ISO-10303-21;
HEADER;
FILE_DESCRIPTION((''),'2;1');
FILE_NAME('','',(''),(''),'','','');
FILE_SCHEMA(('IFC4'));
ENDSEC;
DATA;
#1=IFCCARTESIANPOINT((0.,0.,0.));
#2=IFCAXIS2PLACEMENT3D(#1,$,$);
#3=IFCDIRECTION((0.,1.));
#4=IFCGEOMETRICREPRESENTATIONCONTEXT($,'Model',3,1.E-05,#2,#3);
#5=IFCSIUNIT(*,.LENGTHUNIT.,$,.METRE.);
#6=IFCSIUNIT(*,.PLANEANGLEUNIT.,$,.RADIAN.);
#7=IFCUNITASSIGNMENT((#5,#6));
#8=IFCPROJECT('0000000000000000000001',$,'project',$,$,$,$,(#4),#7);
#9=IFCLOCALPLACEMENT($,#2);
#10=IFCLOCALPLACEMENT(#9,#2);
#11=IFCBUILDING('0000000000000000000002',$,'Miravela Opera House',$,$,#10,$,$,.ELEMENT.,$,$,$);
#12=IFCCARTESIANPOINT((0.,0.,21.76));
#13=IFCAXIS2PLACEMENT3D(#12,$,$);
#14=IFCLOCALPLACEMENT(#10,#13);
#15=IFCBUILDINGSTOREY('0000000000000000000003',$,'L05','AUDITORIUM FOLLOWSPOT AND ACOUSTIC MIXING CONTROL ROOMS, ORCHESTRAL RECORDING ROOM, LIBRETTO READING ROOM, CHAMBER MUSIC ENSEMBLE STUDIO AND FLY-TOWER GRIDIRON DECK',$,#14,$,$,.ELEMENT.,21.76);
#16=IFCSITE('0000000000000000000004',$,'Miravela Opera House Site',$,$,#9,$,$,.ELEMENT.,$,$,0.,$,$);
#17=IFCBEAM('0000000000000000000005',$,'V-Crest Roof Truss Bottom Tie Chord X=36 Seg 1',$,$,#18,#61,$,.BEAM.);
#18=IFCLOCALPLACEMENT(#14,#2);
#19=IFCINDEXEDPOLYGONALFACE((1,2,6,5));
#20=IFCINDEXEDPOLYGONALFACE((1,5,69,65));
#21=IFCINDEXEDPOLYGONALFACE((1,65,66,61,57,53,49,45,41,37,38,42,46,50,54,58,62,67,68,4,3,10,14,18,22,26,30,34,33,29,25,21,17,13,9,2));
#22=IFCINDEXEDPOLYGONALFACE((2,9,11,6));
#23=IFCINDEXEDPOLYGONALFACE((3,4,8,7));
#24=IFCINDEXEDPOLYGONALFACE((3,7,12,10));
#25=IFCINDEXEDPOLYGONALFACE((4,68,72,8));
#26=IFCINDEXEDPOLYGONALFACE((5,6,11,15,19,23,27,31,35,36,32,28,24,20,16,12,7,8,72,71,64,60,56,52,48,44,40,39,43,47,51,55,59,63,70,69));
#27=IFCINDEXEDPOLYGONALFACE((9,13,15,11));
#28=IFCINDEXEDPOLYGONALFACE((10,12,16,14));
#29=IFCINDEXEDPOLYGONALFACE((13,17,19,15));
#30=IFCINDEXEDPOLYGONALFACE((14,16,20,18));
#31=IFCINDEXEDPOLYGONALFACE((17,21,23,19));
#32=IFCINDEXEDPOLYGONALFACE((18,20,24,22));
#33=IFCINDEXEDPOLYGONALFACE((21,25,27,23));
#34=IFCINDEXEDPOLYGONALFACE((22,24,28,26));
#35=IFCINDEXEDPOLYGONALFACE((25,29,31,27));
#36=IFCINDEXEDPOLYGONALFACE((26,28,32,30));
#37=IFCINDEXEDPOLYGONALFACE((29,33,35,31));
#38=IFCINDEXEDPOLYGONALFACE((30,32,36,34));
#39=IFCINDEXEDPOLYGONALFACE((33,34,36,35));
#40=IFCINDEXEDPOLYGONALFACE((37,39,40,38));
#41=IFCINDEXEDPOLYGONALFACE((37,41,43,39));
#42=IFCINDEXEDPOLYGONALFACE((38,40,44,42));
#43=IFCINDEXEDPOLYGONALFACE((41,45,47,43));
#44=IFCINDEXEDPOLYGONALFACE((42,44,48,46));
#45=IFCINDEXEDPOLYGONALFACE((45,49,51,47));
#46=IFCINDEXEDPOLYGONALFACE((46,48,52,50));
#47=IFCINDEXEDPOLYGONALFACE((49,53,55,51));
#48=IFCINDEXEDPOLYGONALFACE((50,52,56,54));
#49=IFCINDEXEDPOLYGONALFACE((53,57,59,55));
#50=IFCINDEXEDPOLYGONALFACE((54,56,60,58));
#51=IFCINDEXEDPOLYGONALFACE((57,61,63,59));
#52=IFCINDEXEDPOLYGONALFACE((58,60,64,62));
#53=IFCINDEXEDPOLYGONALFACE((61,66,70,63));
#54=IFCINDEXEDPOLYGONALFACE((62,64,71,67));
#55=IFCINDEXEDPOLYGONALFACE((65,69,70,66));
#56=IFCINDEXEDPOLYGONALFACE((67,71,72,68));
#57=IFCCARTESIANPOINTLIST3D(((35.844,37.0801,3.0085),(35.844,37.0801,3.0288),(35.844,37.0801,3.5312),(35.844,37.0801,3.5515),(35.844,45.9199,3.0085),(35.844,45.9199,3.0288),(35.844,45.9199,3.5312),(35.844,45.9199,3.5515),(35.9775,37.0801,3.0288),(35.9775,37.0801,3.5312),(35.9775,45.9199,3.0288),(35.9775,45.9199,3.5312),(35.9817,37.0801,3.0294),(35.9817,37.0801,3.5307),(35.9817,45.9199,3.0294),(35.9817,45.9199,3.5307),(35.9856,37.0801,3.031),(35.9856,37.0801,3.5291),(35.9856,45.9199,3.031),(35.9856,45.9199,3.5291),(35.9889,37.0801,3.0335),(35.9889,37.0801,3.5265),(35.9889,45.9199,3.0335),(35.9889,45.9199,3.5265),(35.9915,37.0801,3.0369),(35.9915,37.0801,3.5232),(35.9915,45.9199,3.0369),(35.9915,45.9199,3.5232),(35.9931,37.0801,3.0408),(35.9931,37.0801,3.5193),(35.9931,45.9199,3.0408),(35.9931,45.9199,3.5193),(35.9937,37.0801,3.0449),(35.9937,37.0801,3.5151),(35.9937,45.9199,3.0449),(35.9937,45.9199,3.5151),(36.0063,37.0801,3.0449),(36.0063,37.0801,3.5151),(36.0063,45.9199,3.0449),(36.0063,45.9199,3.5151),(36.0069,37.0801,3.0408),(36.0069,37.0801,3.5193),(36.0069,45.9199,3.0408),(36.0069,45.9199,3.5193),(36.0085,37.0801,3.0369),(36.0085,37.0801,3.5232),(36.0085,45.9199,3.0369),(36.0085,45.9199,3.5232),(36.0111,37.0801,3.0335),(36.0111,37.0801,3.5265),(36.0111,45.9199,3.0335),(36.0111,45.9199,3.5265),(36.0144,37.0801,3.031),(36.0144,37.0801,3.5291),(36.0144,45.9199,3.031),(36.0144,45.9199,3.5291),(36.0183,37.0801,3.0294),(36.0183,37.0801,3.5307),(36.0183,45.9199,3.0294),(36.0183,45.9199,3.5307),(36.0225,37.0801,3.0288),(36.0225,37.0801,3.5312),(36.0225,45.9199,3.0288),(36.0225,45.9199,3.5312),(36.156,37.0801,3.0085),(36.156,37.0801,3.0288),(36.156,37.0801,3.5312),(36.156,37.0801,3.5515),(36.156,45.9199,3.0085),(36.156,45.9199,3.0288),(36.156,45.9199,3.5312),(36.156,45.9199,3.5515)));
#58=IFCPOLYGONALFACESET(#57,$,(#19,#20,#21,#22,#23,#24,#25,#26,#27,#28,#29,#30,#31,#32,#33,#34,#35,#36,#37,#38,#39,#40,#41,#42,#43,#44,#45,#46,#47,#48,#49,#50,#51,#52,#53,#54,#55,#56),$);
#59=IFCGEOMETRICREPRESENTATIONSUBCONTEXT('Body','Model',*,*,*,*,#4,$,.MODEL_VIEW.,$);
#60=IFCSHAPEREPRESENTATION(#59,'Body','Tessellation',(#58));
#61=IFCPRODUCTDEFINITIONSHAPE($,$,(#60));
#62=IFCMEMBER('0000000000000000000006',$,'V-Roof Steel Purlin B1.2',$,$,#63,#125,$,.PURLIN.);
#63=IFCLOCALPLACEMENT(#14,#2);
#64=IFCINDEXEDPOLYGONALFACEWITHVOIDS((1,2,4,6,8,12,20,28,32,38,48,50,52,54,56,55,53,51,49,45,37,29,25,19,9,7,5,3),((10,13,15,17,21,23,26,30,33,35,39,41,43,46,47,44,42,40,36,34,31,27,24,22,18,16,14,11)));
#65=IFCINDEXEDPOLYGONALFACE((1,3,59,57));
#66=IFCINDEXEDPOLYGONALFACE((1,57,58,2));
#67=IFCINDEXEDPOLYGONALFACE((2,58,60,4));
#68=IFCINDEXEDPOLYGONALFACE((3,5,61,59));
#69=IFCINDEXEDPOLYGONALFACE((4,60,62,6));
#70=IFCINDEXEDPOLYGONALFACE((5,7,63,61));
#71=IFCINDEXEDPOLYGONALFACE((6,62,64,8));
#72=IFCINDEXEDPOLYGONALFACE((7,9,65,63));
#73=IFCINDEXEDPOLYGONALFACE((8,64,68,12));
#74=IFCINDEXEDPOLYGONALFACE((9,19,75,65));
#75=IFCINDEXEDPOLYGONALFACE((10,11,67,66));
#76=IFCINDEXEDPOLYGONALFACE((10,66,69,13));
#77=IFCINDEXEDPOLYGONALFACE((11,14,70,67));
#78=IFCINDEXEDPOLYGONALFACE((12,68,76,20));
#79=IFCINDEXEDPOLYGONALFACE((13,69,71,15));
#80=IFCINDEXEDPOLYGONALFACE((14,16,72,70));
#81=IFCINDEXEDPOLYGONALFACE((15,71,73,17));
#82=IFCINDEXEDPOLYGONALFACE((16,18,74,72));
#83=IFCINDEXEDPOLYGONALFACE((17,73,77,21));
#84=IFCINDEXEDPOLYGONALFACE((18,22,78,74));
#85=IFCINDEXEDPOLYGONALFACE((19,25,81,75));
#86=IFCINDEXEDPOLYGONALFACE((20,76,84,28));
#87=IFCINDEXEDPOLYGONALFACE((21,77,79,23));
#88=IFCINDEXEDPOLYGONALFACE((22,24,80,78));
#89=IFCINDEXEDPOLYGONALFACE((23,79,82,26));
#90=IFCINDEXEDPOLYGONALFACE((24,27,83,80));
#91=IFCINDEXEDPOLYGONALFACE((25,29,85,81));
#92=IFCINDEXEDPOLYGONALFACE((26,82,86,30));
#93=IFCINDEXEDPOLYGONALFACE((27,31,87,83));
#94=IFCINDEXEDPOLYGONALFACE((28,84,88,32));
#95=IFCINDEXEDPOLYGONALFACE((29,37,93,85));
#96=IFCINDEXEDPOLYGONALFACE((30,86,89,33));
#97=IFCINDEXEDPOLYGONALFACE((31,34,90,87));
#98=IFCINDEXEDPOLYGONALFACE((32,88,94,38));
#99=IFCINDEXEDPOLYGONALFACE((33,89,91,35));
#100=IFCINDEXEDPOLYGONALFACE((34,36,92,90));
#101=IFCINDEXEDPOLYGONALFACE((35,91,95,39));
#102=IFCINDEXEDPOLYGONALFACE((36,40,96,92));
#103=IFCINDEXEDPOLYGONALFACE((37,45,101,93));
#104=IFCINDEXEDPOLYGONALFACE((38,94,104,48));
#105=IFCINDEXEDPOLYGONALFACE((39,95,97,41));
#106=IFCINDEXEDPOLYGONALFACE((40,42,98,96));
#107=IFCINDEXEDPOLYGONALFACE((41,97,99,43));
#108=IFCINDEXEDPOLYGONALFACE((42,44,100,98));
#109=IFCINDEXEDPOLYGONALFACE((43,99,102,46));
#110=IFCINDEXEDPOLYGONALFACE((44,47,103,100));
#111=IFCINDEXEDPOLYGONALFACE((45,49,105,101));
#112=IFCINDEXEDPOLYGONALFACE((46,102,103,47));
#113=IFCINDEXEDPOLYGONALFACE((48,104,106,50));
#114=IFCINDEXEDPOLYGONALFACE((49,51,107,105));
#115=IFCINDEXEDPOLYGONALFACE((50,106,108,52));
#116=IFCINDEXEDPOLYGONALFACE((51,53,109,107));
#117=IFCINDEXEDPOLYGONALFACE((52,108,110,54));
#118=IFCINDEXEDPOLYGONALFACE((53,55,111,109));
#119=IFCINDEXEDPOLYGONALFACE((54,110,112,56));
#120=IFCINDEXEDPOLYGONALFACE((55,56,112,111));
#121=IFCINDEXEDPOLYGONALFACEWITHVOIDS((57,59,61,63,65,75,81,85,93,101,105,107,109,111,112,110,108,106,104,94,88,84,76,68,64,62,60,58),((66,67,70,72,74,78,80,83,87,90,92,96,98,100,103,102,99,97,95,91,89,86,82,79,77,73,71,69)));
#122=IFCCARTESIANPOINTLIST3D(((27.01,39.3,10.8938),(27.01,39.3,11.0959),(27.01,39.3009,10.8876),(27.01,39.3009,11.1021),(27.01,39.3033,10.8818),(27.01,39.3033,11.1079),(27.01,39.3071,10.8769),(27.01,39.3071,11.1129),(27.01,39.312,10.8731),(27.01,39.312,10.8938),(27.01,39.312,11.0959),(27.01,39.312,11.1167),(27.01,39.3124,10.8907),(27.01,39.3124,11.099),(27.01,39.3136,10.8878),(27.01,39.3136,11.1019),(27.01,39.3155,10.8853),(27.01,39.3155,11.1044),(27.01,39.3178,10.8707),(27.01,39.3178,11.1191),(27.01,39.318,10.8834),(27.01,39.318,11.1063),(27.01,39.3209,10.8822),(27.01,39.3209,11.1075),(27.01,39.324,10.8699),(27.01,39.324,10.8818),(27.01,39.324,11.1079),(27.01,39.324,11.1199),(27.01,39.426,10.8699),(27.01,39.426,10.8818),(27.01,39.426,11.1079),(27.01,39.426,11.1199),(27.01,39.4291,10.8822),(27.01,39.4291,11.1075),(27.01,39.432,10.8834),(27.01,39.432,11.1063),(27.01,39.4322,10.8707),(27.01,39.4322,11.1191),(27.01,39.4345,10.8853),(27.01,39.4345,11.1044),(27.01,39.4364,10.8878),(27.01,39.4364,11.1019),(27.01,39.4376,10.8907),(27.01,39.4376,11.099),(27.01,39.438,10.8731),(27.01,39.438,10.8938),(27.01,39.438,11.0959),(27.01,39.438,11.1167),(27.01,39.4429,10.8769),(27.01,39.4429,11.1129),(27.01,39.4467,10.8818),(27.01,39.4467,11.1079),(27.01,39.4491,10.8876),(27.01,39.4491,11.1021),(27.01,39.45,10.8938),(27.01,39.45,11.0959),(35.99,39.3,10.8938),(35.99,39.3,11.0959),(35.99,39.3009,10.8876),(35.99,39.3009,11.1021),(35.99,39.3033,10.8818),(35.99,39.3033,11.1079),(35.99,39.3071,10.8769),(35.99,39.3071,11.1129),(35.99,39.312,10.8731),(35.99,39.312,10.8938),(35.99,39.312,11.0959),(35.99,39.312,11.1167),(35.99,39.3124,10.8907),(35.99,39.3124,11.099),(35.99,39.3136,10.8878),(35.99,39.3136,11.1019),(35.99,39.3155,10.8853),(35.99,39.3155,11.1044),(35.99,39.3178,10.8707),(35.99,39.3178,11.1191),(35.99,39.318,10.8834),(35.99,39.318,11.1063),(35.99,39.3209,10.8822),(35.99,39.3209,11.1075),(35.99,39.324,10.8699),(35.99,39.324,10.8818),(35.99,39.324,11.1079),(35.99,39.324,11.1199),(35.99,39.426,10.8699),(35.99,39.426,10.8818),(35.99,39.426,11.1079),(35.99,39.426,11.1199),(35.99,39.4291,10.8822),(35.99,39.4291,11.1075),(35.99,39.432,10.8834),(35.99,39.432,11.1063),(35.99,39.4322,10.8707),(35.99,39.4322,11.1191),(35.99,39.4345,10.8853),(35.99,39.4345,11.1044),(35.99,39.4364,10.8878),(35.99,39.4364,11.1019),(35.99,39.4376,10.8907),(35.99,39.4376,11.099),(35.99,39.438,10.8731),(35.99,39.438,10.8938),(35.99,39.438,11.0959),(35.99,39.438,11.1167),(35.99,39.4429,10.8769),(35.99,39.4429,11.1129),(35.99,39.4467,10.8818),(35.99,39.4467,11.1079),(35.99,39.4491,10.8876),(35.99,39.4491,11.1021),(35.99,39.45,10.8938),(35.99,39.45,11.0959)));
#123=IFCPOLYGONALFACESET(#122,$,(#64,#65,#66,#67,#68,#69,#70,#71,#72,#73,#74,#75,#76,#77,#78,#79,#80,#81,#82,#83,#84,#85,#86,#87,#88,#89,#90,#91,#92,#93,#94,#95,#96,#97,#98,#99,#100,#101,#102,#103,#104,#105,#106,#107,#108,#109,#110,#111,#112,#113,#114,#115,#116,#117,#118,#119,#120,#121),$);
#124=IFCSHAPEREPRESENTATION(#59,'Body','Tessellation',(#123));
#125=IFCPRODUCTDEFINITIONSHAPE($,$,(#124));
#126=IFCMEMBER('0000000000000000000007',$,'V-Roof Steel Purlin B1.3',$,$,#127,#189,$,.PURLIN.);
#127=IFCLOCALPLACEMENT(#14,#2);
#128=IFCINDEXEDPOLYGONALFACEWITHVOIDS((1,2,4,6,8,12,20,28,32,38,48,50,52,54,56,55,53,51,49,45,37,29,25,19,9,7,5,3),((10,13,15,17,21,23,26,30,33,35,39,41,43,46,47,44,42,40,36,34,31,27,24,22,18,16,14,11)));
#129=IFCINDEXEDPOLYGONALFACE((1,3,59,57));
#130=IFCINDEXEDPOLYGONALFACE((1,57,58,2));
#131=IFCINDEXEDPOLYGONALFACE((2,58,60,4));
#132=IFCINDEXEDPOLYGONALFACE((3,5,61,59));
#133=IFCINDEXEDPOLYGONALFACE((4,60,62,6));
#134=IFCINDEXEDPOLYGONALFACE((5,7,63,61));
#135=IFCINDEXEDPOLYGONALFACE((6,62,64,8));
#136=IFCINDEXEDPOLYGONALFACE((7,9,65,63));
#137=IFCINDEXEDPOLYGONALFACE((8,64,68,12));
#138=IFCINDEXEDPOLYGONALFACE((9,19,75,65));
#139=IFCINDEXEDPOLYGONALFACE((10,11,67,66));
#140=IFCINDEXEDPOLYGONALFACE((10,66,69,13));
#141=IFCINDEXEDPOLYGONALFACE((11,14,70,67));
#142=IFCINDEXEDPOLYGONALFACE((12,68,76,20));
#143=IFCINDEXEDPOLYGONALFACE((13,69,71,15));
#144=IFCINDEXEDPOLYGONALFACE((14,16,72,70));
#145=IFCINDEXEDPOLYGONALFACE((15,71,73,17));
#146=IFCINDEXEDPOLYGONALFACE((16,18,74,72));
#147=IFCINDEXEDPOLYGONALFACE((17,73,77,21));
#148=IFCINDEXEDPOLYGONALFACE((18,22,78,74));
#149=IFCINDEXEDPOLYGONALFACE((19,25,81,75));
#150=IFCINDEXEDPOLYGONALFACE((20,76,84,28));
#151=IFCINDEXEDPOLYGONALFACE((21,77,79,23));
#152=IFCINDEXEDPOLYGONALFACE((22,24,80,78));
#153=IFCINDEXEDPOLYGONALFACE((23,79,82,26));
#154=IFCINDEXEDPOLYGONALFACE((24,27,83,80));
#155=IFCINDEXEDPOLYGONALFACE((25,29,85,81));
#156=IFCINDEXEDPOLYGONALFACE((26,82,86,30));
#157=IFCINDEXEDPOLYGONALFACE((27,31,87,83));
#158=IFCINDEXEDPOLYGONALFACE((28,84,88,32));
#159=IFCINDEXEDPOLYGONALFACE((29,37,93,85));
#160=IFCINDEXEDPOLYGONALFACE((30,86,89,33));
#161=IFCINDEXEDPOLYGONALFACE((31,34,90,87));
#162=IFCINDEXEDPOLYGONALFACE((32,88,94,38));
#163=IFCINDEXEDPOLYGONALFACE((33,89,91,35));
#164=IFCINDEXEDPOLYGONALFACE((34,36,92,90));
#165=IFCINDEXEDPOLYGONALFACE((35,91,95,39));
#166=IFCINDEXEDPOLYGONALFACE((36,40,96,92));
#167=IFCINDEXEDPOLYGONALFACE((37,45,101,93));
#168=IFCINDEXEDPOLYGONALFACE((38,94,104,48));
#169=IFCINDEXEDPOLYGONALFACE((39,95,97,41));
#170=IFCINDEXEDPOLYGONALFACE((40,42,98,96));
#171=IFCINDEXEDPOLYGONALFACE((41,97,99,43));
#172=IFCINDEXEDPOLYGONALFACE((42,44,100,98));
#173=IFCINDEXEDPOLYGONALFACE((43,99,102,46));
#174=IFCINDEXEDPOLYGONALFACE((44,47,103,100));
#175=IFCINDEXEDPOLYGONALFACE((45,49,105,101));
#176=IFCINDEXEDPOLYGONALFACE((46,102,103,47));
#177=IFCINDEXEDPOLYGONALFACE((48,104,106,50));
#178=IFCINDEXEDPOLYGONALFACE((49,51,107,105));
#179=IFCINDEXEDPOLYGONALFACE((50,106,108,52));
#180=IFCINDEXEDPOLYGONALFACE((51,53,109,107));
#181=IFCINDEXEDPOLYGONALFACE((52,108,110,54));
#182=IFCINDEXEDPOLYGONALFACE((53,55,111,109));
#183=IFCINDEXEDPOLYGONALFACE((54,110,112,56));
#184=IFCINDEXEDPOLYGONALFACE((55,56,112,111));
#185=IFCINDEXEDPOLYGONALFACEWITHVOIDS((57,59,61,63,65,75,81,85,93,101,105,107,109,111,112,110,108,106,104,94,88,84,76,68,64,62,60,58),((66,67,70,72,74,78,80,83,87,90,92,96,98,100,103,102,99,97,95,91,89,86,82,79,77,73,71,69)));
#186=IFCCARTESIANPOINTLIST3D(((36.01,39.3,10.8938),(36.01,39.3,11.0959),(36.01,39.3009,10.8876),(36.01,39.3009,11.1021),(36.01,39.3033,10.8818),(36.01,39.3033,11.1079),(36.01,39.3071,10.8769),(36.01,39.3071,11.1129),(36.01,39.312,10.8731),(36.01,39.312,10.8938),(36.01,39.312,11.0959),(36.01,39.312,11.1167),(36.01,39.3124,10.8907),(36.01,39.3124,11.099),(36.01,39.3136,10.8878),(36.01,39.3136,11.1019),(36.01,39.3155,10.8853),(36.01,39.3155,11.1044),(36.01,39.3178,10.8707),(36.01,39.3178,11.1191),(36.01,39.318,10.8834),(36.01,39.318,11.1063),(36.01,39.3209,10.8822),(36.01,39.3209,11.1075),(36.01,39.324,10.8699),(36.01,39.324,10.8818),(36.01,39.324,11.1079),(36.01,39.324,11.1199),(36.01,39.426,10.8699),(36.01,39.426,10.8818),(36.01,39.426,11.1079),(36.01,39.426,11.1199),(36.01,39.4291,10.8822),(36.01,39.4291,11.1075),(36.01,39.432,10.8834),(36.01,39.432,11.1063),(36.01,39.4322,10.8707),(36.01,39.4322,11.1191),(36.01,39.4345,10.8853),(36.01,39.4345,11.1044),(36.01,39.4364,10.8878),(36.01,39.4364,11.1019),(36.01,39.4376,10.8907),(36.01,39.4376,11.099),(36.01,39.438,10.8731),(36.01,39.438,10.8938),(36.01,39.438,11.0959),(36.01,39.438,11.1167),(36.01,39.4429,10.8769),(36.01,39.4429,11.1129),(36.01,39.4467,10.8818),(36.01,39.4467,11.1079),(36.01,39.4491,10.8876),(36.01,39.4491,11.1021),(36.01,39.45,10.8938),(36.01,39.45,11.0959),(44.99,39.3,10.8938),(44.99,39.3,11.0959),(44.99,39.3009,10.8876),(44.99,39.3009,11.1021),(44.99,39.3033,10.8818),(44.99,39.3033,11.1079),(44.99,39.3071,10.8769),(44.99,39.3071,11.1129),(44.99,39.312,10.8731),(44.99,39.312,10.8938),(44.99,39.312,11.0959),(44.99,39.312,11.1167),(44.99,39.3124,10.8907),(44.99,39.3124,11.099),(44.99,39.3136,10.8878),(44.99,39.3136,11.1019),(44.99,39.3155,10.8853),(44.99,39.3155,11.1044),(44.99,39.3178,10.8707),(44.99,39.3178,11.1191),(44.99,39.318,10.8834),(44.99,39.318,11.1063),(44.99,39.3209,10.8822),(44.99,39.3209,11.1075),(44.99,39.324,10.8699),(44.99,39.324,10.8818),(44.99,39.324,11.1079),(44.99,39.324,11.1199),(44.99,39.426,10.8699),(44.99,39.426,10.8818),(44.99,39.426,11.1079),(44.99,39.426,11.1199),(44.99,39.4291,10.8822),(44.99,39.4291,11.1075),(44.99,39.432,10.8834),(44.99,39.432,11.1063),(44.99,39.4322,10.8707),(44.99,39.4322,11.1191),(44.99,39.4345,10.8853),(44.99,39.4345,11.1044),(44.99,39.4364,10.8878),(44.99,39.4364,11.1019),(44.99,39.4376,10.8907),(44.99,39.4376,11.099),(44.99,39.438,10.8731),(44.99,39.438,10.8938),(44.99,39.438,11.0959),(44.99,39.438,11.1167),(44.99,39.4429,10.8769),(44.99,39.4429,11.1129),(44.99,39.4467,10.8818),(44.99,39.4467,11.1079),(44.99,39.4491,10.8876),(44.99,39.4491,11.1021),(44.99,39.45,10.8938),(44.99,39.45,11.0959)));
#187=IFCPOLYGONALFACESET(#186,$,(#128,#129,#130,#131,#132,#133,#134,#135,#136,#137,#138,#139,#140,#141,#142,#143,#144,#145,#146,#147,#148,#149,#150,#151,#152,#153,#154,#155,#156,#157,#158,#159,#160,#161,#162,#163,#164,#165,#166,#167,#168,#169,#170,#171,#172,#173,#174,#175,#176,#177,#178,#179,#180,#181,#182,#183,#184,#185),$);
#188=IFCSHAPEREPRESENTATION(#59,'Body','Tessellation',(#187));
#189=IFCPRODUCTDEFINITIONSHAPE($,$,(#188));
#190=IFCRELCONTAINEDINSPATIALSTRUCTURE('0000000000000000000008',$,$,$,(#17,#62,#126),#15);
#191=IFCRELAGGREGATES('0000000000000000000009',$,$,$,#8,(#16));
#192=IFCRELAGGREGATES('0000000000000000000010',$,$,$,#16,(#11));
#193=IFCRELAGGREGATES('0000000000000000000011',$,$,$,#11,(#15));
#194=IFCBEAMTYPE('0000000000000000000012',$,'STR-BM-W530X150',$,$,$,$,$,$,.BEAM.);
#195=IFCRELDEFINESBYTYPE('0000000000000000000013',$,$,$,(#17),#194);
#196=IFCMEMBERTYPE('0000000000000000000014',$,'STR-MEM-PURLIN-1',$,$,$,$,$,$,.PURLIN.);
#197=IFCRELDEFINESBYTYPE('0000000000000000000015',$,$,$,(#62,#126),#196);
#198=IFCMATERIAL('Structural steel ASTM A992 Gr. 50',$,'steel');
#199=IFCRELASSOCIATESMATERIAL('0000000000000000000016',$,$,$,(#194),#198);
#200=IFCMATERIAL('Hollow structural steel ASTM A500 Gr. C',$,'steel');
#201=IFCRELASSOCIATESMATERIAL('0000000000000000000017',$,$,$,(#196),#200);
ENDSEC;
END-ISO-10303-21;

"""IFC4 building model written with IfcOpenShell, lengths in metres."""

from ifc_helpers import new_model, si_unit, direction, frame, origin, origin_2d, place, context, subcontext, project, spatial, hollow_rectangle, i_section, extrude, material, material_profile, profile_set, type_object, element, save


model = new_model("IFC4")

# Units and contexts
model_context = context("Model", 3, precision=1e-05, world=origin(), true_north=direction((0.0, 1.0)))
body_context = subcontext(model_context, "Body", "Model", "MODEL_VIEW")
ifc_project = project(units=[si_unit("LENGTHUNIT", "METRE"), si_unit("PLANEANGLEUNIT", "RADIAN")], contexts=[model_context])

# Site, building, storey
site_placement = place(None, origin())
site = spatial("IfcSite", under=ifc_project, at=site_placement, Name="Miravela Opera House Site", CompositionType="ELEMENT", RefElevation=0.0)
building_placement = place(site_placement, origin())
building = spatial("IfcBuilding", under=site, at=building_placement, Name="Miravela Opera House", CompositionType="ELEMENT")
storey_placement = place(building_placement, frame((0.0, 0.0, 21.76)))
storey = spatial("IfcBuildingStorey", under=building, at=storey_placement, Name="L05", Description="AUDITORIUM FOLLOWSPOT AND ACOUSTIC MIXING CONTROL ROOMS, ORCHESTRAL RECORDING ROOM, LIBRETTO READING ROOM, CHAMBER MUSIC ENSEMBLE STUDIO AND FLY-TOWER GRIDIRON DECK", CompositionType="ELEMENT", Elevation=21.76)

# Beam
ifc_material_1 = material(Name="Structural steel ASTM A992 Gr. 50", Category="steel")
ifc_material_profile_1 = material_profile(ifc_material_1, i_section(OverallWidth=0.312, OverallDepth=0.543, WebThickness=0.0127, FlangeThickness=0.0203, FilletRadius=0.0161, at=origin_2d()), Name="W530X150")
ifc_profile_set_1 = profile_set([ifc_material_profile_1])
beam_type = type_object("IfcBeamType", Name="STR-BM-W530X150", PredefinedType="BEAM", material=ifc_profile_set_1)
for number, where, z_axis, x_axis, name in (
    (1, (36.0, 37.0801, 3.28), (0.0, 1.0, 0.0), (-1.0, 0.0, 0.0), "V-Crest Roof Truss Bottom Tie Chord X=36 Seg 1"),
):
    element("IfcBeam", number, at=place(storey_placement, frame(where, z_axis=z_axis, x_axis=x_axis)), inside=storey, type_object=beam_type, Name=name, PredefinedType="BEAM", context=body_context, shape_type="SweptSolid", body=[
        extrude(i_section(OverallWidth=0.312, OverallDepth=0.543, WebThickness=0.0127, FlangeThickness=0.0203, FilletRadius=0.0161, at=origin_2d()), origin(), (0.0, 0.0, 1.0), 8.8398),
    ])

# Members
ifc_material_2 = material(Name="Hollow structural steel ASTM A500 Gr. C", Category="steel")
ifc_material_profile_2 = material_profile(ifc_material_2, hollow_rectangle(XDim=0.1499, YDim=0.25, WallThickness=0.012, InnerFilletRadius=0.012, OuterFilletRadius=0.0239, at=origin_2d()), Name="HSS250X150X12")
ifc_profile_set_2 = profile_set([ifc_material_profile_2])
member_type_1 = type_object("IfcMemberType", Name="STR-MEM-PURLIN-1", PredefinedType="PURLIN", material=ifc_profile_set_2)
for number, where, z_axis, x_axis, name in (
    (2, (27.01, 39.375, 10.9949), (1.0, 0.0, 0.0), (0.0, 1.0, 0.0), "V-Roof Steel Purlin B1.2"),
    (3, (36.01, 39.375, 10.9949), (1.0, 0.0, 0.0), (0.0, 1.0, 0.0), "V-Roof Steel Purlin B1.3"),
):
    element("IfcMember", number, at=place(storey_placement, frame(where, z_axis=z_axis, x_axis=x_axis)), inside=storey, type_object=member_type_1, Name=name, PredefinedType="PURLIN", context=body_context, shape_type="SweptSolid", body=[
        extrude(hollow_rectangle(XDim=0.1499, YDim=0.25, WallThickness=0.012, InnerFilletRadius=0.012, OuterFilletRadius=0.0239, at=origin_2d()), origin(), (0.0, 0.0, 1.0), 8.98),
    ])

save(model, "model.ifc")
